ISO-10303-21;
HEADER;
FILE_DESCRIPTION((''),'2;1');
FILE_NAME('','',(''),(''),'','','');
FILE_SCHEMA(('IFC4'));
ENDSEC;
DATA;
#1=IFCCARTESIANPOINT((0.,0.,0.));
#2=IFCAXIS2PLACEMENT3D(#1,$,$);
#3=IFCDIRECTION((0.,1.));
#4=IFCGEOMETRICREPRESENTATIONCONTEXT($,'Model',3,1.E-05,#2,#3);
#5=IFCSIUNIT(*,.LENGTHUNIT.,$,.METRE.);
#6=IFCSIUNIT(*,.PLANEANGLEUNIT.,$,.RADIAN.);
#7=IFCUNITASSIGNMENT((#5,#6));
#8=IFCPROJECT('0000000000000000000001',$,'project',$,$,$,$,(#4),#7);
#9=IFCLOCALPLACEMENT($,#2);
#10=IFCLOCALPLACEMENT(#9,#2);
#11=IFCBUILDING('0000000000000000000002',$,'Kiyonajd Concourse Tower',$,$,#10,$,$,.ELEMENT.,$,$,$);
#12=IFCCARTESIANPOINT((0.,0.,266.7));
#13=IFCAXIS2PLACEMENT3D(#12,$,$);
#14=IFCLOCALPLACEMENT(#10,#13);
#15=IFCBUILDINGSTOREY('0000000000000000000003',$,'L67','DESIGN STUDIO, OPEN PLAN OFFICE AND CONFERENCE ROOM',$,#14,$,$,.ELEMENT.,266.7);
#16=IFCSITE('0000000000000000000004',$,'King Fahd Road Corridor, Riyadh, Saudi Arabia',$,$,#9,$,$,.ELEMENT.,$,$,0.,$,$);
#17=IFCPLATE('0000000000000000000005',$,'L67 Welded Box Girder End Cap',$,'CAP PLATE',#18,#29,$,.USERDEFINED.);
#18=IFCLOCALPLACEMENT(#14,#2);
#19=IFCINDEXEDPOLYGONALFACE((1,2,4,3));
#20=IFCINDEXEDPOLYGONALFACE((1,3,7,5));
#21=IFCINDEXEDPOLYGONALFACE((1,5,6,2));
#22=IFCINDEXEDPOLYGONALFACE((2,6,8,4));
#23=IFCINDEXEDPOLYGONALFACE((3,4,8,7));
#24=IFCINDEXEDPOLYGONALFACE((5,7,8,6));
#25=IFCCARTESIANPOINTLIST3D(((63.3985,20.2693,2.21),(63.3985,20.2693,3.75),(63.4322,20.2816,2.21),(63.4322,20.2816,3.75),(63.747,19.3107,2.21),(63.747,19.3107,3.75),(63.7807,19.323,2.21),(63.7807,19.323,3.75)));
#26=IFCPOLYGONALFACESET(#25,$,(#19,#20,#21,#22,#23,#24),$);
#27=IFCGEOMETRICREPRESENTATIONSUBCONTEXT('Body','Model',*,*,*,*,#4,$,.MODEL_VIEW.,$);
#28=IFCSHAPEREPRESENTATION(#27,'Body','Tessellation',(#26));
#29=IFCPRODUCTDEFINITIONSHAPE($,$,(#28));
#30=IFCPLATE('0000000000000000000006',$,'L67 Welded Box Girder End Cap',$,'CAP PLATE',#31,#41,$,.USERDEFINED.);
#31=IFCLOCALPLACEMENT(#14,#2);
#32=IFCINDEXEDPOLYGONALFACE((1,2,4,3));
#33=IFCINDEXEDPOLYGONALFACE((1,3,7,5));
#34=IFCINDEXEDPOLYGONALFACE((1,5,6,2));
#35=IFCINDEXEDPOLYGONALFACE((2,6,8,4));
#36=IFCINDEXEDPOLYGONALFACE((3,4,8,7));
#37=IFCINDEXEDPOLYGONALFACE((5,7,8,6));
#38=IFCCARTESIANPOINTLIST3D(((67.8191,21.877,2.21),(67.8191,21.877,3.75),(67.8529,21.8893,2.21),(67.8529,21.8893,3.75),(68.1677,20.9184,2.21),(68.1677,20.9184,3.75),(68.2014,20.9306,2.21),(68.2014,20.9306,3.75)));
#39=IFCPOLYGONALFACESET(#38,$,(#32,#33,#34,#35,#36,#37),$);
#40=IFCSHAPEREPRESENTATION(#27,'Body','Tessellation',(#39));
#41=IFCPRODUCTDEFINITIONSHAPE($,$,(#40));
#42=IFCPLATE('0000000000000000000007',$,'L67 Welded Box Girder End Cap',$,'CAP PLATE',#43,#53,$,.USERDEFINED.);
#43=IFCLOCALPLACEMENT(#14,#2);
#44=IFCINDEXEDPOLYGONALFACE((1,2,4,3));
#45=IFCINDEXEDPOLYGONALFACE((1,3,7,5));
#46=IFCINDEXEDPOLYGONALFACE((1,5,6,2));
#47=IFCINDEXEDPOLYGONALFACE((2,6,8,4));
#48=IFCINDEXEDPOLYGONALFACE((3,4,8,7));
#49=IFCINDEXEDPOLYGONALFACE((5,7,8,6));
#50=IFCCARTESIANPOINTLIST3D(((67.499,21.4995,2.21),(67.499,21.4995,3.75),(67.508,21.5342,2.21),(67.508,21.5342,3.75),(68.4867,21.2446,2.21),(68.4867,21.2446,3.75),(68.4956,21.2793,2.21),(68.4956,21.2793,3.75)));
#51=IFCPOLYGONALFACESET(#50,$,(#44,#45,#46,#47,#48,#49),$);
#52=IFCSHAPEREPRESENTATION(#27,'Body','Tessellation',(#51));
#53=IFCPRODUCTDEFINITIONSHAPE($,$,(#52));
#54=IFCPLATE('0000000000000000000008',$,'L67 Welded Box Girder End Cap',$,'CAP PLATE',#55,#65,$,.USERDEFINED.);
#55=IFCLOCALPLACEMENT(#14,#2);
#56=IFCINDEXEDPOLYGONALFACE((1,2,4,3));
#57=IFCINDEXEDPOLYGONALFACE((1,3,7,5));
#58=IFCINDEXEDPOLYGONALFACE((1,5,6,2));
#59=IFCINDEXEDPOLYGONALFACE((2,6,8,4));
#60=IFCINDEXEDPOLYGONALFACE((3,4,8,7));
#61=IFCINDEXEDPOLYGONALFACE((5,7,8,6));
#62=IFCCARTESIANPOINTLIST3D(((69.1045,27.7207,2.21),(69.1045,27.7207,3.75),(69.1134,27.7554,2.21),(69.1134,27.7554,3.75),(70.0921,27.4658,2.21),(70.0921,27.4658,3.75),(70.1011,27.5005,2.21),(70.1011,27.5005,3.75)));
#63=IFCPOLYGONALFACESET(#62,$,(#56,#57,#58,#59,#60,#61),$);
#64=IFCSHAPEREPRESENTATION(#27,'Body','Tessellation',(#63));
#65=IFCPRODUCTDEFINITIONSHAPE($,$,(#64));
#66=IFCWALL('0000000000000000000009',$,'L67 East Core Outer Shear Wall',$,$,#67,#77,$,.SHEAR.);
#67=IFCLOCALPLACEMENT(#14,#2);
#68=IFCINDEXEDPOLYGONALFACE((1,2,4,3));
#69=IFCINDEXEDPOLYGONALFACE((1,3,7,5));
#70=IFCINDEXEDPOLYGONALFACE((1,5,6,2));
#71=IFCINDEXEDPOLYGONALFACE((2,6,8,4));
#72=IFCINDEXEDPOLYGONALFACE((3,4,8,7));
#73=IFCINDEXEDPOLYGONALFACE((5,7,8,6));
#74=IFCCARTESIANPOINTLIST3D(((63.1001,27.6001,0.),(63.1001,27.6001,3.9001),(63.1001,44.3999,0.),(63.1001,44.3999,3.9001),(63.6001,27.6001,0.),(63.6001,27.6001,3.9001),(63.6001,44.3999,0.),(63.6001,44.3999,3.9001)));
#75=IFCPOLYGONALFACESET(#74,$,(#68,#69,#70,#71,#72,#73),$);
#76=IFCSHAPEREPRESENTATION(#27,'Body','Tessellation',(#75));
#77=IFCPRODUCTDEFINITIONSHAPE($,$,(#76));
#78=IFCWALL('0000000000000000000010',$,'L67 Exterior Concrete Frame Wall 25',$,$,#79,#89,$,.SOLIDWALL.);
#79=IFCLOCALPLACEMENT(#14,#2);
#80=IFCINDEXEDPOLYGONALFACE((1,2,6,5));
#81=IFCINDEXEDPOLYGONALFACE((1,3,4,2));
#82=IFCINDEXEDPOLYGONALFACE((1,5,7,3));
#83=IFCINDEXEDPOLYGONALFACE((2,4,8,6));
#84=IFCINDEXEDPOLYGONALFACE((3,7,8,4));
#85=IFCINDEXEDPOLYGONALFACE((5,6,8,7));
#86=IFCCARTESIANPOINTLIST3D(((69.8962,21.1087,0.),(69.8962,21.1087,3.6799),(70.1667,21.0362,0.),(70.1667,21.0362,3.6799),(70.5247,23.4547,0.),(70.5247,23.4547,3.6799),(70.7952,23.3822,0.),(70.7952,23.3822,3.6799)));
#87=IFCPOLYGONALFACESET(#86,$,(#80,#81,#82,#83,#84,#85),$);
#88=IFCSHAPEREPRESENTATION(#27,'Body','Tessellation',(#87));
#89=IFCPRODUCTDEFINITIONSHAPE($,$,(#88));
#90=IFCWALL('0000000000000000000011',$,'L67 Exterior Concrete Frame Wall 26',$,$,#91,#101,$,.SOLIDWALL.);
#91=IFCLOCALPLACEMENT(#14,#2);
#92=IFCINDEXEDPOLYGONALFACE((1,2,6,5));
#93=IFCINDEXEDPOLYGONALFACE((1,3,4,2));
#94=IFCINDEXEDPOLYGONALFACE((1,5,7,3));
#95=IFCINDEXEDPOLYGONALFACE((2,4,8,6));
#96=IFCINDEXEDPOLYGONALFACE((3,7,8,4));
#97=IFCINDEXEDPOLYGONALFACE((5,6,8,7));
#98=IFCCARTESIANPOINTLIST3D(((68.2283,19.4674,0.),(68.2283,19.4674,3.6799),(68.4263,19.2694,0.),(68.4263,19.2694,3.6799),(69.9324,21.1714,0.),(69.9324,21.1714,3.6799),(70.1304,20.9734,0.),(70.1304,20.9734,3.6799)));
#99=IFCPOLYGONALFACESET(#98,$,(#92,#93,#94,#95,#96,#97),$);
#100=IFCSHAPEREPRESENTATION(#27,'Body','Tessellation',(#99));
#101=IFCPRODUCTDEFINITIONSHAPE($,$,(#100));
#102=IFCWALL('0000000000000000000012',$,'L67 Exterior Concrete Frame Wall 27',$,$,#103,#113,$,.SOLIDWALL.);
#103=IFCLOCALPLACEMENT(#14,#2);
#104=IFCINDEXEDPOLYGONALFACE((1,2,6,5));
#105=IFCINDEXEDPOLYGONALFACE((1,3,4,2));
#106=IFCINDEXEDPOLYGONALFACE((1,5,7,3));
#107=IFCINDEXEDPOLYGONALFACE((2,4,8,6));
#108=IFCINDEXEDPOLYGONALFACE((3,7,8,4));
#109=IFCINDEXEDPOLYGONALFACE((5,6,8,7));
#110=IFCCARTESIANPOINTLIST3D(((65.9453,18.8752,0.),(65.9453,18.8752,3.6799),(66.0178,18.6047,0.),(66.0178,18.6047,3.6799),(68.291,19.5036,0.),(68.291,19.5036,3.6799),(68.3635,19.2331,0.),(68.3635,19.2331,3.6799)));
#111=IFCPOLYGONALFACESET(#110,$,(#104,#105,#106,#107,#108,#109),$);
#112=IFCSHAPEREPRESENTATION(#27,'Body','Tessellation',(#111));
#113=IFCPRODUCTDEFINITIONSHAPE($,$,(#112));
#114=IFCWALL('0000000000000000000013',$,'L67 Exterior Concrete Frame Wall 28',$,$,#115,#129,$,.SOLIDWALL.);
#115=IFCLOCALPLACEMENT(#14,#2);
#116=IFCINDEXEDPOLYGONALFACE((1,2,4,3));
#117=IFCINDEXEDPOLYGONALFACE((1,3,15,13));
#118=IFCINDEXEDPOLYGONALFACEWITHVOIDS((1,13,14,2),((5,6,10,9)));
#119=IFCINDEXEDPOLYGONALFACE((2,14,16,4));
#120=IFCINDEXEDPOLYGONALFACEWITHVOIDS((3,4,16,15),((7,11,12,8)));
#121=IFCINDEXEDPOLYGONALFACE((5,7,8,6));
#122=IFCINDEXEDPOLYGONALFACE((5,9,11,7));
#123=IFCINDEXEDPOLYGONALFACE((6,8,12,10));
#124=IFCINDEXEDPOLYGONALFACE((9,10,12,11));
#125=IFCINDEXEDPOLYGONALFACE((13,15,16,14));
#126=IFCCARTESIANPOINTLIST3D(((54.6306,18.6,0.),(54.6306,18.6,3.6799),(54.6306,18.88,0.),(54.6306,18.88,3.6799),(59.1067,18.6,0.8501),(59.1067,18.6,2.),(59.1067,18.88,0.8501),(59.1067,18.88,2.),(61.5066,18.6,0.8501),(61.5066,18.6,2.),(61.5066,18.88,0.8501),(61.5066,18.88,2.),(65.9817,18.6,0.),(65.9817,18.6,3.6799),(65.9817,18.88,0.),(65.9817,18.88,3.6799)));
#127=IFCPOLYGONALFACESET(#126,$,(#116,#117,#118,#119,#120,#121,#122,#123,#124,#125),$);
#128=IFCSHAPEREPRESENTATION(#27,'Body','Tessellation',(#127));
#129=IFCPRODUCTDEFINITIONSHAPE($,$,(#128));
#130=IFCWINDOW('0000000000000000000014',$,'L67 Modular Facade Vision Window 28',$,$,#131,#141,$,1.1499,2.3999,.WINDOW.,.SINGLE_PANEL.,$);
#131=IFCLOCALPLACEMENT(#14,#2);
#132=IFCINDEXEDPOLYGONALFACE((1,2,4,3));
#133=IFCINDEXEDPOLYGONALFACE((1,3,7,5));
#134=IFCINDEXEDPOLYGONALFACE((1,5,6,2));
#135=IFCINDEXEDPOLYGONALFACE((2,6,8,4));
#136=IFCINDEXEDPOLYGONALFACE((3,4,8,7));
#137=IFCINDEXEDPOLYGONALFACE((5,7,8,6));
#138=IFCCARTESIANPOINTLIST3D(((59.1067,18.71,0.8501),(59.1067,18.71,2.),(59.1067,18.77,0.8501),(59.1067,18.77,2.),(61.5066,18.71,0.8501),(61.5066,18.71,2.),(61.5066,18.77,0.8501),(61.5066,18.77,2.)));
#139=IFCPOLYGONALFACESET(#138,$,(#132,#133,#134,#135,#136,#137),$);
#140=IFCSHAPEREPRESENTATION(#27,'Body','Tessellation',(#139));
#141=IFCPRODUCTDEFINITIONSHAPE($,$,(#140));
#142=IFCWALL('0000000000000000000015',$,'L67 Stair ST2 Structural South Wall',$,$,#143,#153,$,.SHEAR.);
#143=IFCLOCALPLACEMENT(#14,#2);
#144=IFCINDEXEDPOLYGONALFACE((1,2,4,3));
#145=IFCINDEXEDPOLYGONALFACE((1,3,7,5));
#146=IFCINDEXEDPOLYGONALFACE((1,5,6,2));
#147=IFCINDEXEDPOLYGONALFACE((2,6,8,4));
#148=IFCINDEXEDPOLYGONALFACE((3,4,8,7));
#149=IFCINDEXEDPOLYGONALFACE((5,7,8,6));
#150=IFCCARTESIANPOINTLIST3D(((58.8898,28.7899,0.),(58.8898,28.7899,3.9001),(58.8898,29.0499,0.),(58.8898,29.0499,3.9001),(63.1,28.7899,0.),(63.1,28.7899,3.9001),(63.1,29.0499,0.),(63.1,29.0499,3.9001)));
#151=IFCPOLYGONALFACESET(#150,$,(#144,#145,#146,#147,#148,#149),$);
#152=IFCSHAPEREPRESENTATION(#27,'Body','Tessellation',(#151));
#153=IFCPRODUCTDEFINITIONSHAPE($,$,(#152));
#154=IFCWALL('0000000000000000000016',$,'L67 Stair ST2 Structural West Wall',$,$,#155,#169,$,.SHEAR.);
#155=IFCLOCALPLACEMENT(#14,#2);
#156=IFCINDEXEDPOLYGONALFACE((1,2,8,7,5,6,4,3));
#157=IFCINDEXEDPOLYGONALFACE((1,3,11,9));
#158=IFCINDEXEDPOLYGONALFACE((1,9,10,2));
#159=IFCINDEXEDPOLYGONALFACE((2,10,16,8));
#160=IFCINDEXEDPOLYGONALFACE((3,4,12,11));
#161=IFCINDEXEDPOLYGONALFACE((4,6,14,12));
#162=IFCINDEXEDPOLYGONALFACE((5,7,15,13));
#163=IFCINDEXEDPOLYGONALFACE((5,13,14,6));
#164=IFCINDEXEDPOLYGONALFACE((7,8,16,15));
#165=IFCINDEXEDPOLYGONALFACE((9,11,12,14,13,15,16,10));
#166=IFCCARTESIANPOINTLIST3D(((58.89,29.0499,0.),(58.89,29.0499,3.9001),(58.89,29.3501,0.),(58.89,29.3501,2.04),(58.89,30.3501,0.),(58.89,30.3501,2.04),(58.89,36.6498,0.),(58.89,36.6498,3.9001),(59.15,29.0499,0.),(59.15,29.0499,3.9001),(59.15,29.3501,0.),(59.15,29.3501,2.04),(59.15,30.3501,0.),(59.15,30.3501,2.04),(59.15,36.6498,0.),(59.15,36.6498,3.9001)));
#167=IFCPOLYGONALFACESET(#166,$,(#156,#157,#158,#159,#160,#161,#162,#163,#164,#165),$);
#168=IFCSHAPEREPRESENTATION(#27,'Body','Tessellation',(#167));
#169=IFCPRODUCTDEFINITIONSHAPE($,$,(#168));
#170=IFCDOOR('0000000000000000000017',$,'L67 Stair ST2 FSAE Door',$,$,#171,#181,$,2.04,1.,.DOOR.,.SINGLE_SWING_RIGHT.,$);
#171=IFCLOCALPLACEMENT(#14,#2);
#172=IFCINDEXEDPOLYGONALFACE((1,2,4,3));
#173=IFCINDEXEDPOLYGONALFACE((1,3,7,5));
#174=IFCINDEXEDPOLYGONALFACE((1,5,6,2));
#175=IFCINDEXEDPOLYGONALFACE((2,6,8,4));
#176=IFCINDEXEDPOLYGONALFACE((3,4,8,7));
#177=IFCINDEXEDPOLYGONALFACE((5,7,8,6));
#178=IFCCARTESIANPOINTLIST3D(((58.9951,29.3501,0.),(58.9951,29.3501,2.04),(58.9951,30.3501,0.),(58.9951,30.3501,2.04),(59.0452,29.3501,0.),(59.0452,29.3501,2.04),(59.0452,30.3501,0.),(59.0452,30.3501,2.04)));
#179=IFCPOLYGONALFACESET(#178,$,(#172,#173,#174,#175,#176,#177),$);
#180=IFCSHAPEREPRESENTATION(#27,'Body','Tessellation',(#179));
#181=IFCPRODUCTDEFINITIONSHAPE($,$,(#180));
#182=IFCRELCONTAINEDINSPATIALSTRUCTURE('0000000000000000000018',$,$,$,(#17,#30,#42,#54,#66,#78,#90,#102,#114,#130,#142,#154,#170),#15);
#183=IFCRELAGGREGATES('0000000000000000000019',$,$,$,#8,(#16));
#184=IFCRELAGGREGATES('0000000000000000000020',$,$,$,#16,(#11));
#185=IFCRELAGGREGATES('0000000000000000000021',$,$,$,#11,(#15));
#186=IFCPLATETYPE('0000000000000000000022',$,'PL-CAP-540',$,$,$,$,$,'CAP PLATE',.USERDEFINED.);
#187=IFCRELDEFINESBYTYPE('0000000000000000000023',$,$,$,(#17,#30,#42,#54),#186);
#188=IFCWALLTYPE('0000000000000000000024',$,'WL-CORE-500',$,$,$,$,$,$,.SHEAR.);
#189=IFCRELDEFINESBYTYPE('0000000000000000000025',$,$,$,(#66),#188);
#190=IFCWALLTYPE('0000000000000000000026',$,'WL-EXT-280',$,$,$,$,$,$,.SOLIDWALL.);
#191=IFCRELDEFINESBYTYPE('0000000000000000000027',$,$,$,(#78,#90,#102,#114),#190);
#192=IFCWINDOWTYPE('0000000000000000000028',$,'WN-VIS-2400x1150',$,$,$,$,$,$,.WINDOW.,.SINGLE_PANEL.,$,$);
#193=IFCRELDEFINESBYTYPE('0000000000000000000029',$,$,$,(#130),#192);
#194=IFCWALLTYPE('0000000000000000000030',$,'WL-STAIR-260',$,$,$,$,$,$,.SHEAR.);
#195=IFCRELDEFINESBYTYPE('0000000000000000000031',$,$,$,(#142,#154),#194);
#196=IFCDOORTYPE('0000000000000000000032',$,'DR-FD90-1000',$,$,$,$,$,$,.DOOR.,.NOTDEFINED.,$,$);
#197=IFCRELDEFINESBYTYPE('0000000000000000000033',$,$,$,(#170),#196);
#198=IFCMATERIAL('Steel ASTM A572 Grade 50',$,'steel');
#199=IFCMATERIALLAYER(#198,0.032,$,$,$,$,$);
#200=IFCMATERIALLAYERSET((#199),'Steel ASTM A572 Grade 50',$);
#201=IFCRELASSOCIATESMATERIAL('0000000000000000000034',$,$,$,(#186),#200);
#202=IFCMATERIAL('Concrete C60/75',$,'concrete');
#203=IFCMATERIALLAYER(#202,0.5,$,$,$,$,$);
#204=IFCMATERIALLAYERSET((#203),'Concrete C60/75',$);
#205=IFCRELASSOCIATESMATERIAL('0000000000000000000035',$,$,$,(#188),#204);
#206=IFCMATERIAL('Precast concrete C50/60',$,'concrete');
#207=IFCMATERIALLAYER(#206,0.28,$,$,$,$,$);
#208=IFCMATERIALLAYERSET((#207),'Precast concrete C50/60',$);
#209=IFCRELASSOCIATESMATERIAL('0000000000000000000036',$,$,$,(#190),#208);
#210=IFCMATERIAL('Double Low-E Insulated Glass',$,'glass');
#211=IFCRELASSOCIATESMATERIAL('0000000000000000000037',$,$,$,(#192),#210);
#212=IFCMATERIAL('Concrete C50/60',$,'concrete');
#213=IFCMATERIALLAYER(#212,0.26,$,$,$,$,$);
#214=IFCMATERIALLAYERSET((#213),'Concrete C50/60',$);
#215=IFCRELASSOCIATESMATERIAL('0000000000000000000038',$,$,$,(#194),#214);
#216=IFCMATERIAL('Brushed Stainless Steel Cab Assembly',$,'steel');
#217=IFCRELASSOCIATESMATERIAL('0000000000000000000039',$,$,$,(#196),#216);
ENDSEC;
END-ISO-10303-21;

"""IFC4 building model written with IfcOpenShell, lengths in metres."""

from ifc_helpers import new_model, si_unit, direction, frame, frame_2d, origin, origin_2d, place, context, subcontext, project, spatial, rectangle, extrude, material, layer, layer_set, type_object, element, fill, save


model = new_model("IFC4")

# Units and contexts
model_context = context("Model", 3, precision=1e-05, world=origin(), true_north=direction((0.0, 1.0)))
body_context = subcontext(model_context, "Body", "Model", "MODEL_VIEW")
ifc_project = project(units=[si_unit("LENGTHUNIT", "METRE"), si_unit("PLANEANGLEUNIT", "RADIAN")], contexts=[model_context])

# Site, building, storey
site_placement = place(None, origin())
site = spatial("IfcSite", under=ifc_project, at=site_placement, Name="King Fahd Road Corridor, Riyadh, Saudi Arabia", CompositionType="ELEMENT", RefElevation=0.0)
building_placement = place(site_placement, origin())
building = spatial("IfcBuilding", under=site, at=building_placement, Name="Kiyonajd Concourse Tower", CompositionType="ELEMENT")
storey_placement = place(building_placement, frame((0.0, 0.0, 266.7)))
storey = spatial("IfcBuildingStorey", under=building, at=storey_placement, Name="L67", Description="DESIGN STUDIO, OPEN PLAN OFFICE AND CONFERENCE ROOM", CompositionType="ELEMENT", Elevation=266.7)

# Shared definitions
ifc_material_1 = material(Name="Concrete C60/75", Category="concrete")

# Shared definitions
ifc_material_2 = material(Name="Steel ASTM A572 Grade 50", Category="steel")

# Plates
ifc_layer_1 = layer(ifc_material_2, 0.032)
ifc_layer_set_1 = layer_set([ifc_layer_1], Name="Steel ASTM A572 Grade 50")
plate_type = type_object("IfcPlateType", Name="PL-CAP-540", ElementType="CAP PLATE", PredefinedType="USERDEFINED", material=ifc_layer_set_1)
for number, where, z_axis, x_axis, name in (
    (1, (63.5896, 19.7961, 2.21), (0.0, 0.0, 1.0), (-0.939812, -0.341692, 0.0), "L67 Welded Box Girder End Cap"),
    (2, (68.0103, 21.4038, 2.21), (0.0, 0.0, 1.0), (0.939812, 0.341692, 0.0), "L67 Welded Box Girder End Cap"),
    (3, (67.9973, 21.3894, 2.21), (0.0, 0.0, 1.0), (-0.249873, -0.968279, 0.0), "L67 Welded Box Girder End Cap"),
    (4, (69.6028, 27.6106, 2.21), (0.0, 0.0, 1.0), (0.249873, 0.968279, 0.0), "L67 Welded Box Girder End Cap"),
):
    element("IfcPlate", number, at=place(storey_placement, frame(where, z_axis=z_axis, x_axis=x_axis)), inside=storey, type_object=plate_type, Name=name, ObjectType="CAP PLATE", PredefinedType="USERDEFINED", context=body_context, shape_type="SweptSolid", body=[
        extrude(rectangle(XDim=0.0359, YDim=1.02, at=origin_2d()), origin(), (0.0, 0.0, 1.0), 1.54),
    ])

# Walls
ifc_layer_2 = layer(ifc_material_1, 0.5)
ifc_layer_set_2 = layer_set([ifc_layer_2], Name="Concrete C60/75")
wall_type_1 = type_object("IfcWallType", Name="WL-CORE-500", PredefinedType="SHEAR", material=ifc_layer_set_2)
wall_1_placement = place(storey_placement, frame((63.3501, 27.6001, 0.0), z_axis=(0.0, 0.0, 1.0), x_axis=(0.0, 1.0, 0.0)))
element("IfcWall", 5, at=wall_1_placement, inside=storey, type_object=wall_type_1, Name="L67 East Core Outer Shear Wall", PredefinedType="SHEAR", context=body_context, shape_type="SweptSolid", body=[
    extrude(rectangle(XDim=16.7998, YDim=0.5, at=frame_2d((8.3999, 0.0))), origin(), (0.0, 0.0, 1.0), 3.9001),
])
ifc_material_3 = material(Name="Precast concrete C50/60", Category="concrete")
ifc_layer_3 = layer(ifc_material_3, 0.28)
ifc_layer_set_3 = layer_set([ifc_layer_3], Name="Precast concrete C50/60")
wall_type_2 = type_object("IfcWallType", Name="WL-EXT-280", PredefinedType="SOLIDWALL", material=ifc_layer_set_3)
wall_2_placement = place(storey_placement, frame((70.6599, 23.4185, 0.0), z_axis=(0.0, 0.0, 1.0), x_axis=(-0.258751, -0.965944, 0.0)))
element("IfcWall", 6, at=wall_2_placement, inside=storey, type_object=wall_type_2, Name="L67 Exterior Concrete Frame Wall 25", PredefinedType="SOLIDWALL", context=body_context, shape_type="SweptSolid", body=[
    extrude(rectangle(XDim=2.4287, YDim=0.28, at=frame_2d((1.2144, 0.0))), origin(), (0.0, 0.0, 1.0), 3.6799),
])
wall_3_placement = place(storey_placement, frame((70.0315, 21.0725, 0.0), z_axis=(0.0, 0.0, 1.0), x_axis=(-0.707107, -0.707107, 0.0)))
element("IfcWall", 7, at=wall_3_placement, inside=storey, type_object=wall_type_2, Name="L67 Exterior Concrete Frame Wall 26", PredefinedType="SOLIDWALL", context=body_context, shape_type="SweptSolid", body=[
    extrude(rectangle(XDim=2.4099, YDim=0.28, at=frame_2d((1.2051, 0.0))), origin(), (0.0, 0.0, 1.0), 3.6799),
])
wall_4_placement = place(storey_placement, frame((68.3274, 19.3684, 0.0), z_axis=(0.0, 0.0, 1.0), x_axis=(-0.965937, -0.258776, 0.0)))
element("IfcWall", 8, at=wall_4_placement, inside=storey, type_object=wall_type_2, Name="L67 Exterior Concrete Frame Wall 27", PredefinedType="SOLIDWALL", context=body_context, shape_type="SweptSolid", body=[
    extrude(rectangle(XDim=2.4285, YDim=0.28, at=frame_2d((1.2144, 0.0))), origin(), (0.0, 0.0, 1.0), 3.6799),
])

# Wall, opening, window
wall_5_placement = place(storey_placement, frame((65.9817, 18.74, 0.0), z_axis=(0.0, 0.0, 1.0), x_axis=(-1.0, 0.0, 0.0)))
wall_5 = element("IfcWall", 9, at=wall_5_placement, inside=storey, type_object=wall_type_2, Name="L67 Exterior Concrete Frame Wall 28", PredefinedType="SOLIDWALL", context=body_context, shape_type="SweptSolid", body=[
    extrude(rectangle(XDim=11.3511, YDim=0.28, at=frame_2d((5.6755, 0.0))), origin(), (0.0, 0.0, 1.0), 3.6799),
])
opening_1_placement = place(wall_5_placement, frame((4.4751, 0.0, 0.8501)))
opening_1 = element("IfcOpeningElement", 10, at=opening_1_placement, cuts=wall_5, PredefinedType="OPENING", context=body_context, shape_type="SweptSolid", body=[
    extrude(rectangle(XDim=2.3999, YDim=1.1499, at=frame_2d((1.2, 0.575))), frame((0.0, 0.1499, 0.0), z_axis=(0.0, -1.0, 0.0), x_axis=(1.0, 0.0, 0.0)), (0.0, 0.0, 1.0), 0.3),
])
ifc_material_4 = material(Name="Double Low-E Insulated Glass", Category="glass")
window_type = type_object("IfcWindowType", Name="WN-VIS-2400x1150", PartitioningType="SINGLE_PANEL", PredefinedType="WINDOW", material=ifc_material_4)
window_placement = place(opening_1_placement, origin())
window = element("IfcWindow", 11, at=window_placement, inside=storey, type_object=window_type, Name="L67 Modular Facade Vision Window 28", OverallHeight=1.1499, OverallWidth=2.3999, PartitioningType="SINGLE_PANEL", PredefinedType="WINDOW", context=body_context, shape_type="SweptSolid", body=[
    extrude(rectangle(XDim=2.3999, YDim=1.1499, at=frame_2d((1.2, 0.575))), frame((0.0, 0.03, 0.0), z_axis=(0.0, -1.0, 0.0), x_axis=(1.0, 0.0, 0.0)), (0.0, 0.0, 1.0), 0.0601),
])
fill(opening_1, window)

# Wall
ifc_material_5 = material(Name="Concrete C50/60", Category="concrete")
ifc_layer_4 = layer(ifc_material_5, 0.26)
ifc_layer_set_4 = layer_set([ifc_layer_4], Name="Concrete C50/60")
wall_type_3 = type_object("IfcWallType", Name="WL-STAIR-260", PredefinedType="SHEAR", material=ifc_layer_set_4)
wall_6_placement = place(storey_placement, frame((58.8899, 28.9199, 0.0), z_axis=(0.0, 0.0, 1.0), x_axis=(1.0, 0.0, 0.0)))
element("IfcWall", 12, at=wall_6_placement, inside=storey, type_object=wall_type_3, Name="L67 Stair ST2 Structural South Wall", PredefinedType="SHEAR", context=body_context, shape_type="SweptSolid", body=[
    extrude(rectangle(XDim=4.2102, YDim=0.26, at=frame_2d((2.105, 0.0))), origin(), (0.0, 0.0, 1.0), 3.9001),
])

# Wall, opening, door
wall_7_placement = place(storey_placement, frame((59.02, 29.05, 0.0), z_axis=(0.0, 0.0, 1.0), x_axis=(0.0, 1.0, 0.0)))
wall_7 = element("IfcWall", 13, at=wall_7_placement, inside=storey, type_object=wall_type_3, Name="L67 Stair ST2 Structural West Wall", PredefinedType="SHEAR", context=body_context, shape_type="SweptSolid", body=[
    extrude(rectangle(XDim=7.5999, YDim=0.26, at=frame_2d((3.7998, 0.0))), origin(), (0.0, 0.0, 1.0), 3.9001),
])
opening_2_placement = place(wall_7_placement, frame((0.3, 0.0, 0.0)))
opening_2 = element("IfcOpeningElement", 14, at=opening_2_placement, cuts=wall_7, PredefinedType="OPENING", context=body_context, shape_type="SweptSolid", body=[
    extrude(rectangle(XDim=1.0, YDim=2.04, at=frame_2d((0.5, 1.02))), frame((0.0, 0.1399, 0.0), z_axis=(0.0, -1.0, 0.0), x_axis=(1.0, 0.0, 0.0)), (0.0, 0.0, 1.0), 0.28),
])
ifc_material_6 = material(Name="Brushed Stainless Steel Cab Assembly", Category="steel")
door_type = type_object("IfcDoorType", Name="DR-FD90-1000", OperationType="NOTDEFINED", PredefinedType="DOOR", material=ifc_material_6)
door_placement = place(opening_2_placement, origin())
door = element("IfcDoor", 15, at=door_placement, inside=storey, type_object=door_type, Name="L67 Stair ST2 FSAE Door", OperationType="SINGLE_SWING_RIGHT", OverallHeight=2.04, OverallWidth=1.0, PredefinedType="DOOR", context=body_context, shape_type="SweptSolid", body=[
    extrude(rectangle(XDim=1.0, YDim=2.04, at=frame_2d((0.5, 1.02))), frame((0.0, 0.0249, 0.0), z_axis=(0.0, -1.0, 0.0), x_axis=(1.0, 0.0, 0.0)), (0.0, 0.0, 1.0), 0.05),
])
fill(opening_2, door)

save(model, "model.ifc")
